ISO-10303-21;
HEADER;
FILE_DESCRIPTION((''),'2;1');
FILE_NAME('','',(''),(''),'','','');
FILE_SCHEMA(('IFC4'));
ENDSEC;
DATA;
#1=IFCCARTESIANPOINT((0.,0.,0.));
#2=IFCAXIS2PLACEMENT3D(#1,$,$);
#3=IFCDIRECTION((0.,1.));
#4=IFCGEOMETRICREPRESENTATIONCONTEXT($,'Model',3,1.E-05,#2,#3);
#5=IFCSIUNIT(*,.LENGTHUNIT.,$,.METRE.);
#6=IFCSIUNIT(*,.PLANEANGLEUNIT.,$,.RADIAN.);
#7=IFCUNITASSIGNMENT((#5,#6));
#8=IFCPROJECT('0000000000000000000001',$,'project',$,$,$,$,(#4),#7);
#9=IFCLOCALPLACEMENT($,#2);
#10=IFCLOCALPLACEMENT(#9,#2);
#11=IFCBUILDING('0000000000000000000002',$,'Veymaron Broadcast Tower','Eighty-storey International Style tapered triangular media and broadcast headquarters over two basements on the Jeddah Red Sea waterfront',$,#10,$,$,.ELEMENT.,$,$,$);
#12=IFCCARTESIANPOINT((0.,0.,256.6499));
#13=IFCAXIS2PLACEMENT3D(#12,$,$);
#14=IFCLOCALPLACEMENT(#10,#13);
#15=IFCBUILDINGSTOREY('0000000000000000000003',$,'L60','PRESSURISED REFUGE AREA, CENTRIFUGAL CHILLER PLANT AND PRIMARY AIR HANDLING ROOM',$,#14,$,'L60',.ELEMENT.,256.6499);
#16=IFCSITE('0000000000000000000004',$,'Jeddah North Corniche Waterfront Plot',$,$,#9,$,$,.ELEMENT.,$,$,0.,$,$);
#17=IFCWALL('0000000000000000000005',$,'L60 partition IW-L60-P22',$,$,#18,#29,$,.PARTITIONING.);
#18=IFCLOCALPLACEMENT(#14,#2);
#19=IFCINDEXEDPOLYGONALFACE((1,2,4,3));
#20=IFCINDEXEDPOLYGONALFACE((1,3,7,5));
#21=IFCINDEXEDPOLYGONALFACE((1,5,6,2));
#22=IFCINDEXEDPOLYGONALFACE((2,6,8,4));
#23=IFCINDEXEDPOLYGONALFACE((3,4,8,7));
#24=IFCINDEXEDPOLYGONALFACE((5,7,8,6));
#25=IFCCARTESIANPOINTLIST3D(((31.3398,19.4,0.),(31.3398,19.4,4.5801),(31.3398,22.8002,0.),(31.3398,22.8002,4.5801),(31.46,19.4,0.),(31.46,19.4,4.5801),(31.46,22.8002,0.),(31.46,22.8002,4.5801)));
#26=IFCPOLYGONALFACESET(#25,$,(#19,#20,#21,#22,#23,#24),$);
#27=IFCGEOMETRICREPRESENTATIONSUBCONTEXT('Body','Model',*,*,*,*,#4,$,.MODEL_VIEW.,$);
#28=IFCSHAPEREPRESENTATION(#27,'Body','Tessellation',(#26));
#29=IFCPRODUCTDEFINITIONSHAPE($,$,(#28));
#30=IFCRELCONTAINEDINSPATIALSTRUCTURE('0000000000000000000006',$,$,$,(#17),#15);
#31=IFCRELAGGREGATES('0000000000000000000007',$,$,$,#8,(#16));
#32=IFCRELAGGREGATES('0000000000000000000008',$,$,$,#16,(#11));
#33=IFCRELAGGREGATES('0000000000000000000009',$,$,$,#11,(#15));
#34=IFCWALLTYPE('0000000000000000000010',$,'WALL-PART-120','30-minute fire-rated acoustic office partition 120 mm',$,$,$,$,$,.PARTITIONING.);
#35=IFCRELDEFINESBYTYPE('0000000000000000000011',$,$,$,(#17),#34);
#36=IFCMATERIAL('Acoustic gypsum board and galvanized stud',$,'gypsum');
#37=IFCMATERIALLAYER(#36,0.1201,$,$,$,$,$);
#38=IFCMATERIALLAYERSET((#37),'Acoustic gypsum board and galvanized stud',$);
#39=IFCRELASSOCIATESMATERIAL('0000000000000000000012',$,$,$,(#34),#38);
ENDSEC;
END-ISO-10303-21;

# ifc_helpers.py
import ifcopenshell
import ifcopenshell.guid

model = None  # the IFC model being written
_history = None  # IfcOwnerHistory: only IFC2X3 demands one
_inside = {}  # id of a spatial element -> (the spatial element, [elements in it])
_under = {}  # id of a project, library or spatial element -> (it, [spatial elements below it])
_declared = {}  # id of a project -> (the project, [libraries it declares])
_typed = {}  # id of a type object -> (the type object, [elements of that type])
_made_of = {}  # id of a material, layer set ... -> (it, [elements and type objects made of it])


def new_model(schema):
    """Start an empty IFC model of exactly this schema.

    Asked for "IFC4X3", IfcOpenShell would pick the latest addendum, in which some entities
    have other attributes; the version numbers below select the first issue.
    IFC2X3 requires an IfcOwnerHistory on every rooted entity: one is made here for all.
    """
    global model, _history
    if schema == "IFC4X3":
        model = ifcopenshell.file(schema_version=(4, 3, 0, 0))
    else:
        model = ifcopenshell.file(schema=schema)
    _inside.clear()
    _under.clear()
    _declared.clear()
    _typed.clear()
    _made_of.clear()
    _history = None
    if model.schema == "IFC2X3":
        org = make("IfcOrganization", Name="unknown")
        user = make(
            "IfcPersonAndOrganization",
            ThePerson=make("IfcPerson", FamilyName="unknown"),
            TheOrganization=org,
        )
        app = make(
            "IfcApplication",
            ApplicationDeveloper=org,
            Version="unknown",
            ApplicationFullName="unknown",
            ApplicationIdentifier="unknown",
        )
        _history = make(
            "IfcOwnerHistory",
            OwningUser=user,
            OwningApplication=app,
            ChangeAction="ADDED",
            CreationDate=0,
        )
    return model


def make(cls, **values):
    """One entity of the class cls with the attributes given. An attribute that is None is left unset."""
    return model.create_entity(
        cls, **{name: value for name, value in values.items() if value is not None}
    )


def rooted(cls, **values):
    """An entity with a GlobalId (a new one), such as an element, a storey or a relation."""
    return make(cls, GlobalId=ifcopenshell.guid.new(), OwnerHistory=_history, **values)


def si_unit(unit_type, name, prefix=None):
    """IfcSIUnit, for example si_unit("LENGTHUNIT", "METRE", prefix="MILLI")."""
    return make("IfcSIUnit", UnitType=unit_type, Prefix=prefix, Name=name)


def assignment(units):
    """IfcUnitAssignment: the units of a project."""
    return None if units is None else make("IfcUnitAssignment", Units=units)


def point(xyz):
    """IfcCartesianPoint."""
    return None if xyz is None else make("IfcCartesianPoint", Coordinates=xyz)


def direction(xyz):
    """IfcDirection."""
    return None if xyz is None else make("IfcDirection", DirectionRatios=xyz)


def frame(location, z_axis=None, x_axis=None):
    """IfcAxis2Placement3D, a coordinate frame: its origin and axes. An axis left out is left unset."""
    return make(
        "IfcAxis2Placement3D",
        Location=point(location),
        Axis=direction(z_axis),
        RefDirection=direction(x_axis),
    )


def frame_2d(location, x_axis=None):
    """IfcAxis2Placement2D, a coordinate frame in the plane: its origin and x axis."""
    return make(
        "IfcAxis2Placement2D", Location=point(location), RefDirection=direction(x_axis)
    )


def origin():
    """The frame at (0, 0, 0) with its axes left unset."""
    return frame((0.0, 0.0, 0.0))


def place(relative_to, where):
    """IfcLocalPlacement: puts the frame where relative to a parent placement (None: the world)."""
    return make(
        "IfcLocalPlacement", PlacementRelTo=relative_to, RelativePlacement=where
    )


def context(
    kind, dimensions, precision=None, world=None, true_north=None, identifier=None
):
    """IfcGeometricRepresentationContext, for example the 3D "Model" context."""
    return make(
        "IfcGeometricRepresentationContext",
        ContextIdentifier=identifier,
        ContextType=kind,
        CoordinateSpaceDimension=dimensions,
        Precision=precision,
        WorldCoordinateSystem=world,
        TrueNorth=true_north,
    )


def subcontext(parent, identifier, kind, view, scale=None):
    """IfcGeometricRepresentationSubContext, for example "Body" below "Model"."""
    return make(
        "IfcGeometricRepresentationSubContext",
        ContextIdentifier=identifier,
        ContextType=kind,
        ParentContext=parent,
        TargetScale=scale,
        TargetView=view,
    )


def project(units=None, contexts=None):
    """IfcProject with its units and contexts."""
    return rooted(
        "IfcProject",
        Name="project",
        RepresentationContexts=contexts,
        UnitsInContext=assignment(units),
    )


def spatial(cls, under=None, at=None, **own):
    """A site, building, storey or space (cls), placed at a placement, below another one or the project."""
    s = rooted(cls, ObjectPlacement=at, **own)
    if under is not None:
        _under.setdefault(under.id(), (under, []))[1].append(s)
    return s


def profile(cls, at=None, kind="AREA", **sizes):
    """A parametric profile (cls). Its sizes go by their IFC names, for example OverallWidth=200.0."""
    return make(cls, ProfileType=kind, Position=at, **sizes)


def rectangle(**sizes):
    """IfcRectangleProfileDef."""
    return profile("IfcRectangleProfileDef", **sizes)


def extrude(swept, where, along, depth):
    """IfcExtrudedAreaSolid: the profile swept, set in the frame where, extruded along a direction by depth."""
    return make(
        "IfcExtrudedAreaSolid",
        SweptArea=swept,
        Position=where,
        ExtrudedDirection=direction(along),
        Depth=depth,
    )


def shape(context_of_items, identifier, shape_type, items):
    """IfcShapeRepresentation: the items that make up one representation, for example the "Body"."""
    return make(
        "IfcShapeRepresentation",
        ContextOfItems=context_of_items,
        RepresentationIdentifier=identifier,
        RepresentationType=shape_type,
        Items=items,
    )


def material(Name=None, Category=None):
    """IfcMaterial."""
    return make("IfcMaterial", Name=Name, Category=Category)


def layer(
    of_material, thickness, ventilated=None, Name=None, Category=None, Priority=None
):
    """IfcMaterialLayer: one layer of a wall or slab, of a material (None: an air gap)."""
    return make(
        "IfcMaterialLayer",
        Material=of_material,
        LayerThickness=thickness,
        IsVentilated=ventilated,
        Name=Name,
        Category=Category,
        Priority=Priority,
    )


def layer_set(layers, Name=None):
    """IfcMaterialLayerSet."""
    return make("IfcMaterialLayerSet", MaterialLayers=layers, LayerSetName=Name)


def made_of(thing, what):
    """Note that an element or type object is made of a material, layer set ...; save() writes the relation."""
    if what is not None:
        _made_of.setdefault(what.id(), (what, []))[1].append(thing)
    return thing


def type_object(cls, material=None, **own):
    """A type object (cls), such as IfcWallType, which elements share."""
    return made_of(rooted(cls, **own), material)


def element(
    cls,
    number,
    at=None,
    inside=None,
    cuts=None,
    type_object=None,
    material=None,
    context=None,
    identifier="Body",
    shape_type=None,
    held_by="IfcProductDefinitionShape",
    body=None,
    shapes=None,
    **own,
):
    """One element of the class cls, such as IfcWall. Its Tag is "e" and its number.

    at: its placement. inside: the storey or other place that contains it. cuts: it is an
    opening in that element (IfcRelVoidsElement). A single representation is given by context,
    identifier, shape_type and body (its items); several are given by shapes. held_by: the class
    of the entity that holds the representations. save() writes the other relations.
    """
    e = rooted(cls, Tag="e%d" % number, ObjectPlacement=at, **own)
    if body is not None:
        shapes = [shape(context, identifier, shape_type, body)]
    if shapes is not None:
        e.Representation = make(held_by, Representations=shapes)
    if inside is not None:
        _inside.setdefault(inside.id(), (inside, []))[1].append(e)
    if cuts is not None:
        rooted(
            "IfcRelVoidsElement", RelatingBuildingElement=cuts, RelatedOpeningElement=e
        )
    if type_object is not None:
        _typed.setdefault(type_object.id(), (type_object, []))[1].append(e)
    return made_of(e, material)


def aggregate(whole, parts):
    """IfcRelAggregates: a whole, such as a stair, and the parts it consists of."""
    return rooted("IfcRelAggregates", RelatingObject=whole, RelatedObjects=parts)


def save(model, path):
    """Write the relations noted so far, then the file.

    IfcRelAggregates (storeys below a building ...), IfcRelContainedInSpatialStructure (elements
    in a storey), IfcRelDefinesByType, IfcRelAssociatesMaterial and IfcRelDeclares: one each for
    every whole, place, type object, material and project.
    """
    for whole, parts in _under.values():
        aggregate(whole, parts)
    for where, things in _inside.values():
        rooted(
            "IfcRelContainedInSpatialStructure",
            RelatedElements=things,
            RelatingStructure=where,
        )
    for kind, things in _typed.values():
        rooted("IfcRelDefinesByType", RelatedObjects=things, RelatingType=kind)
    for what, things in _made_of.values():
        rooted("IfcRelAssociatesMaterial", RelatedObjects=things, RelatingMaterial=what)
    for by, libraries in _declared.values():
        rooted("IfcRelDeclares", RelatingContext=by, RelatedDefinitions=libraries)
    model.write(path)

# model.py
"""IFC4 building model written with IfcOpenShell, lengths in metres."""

from ifc_helpers import new_model, si_unit, direction, frame, frame_2d, origin, place, context, subcontext, project, spatial, rectangle, extrude, material, layer, layer_set, type_object, element, save


model = new_model("IFC4")

# Units and contexts
model_context = context("Model", 3, precision=1e-05, world=origin(), true_north=direction((0.0, 1.0)))
body_context = subcontext(model_context, "Body", "Model", "MODEL_VIEW")
ifc_project = project(units=[si_unit("LENGTHUNIT", "METRE"), si_unit("PLANEANGLEUNIT", "RADIAN")], contexts=[model_context])

# Site, building, storey
site_placement = place(None, origin())
site = spatial("IfcSite", under=ifc_project, at=site_placement, Name="Jeddah North Corniche Waterfront Plot", CompositionType="ELEMENT", RefElevation=0.0)
building_placement = place(site_placement, origin())
building = spatial("IfcBuilding", under=site, at=building_placement, Name="Veymaron Broadcast Tower", Description="Eighty-storey International Style tapered triangular media and broadcast headquarters over two basements on the Jeddah Red Sea waterfront", CompositionType="ELEMENT")
storey_placement = place(building_placement, frame((0.0, 0.0, 256.6499)))
storey = spatial("IfcBuildingStorey", under=building, at=storey_placement, Name="L60", Description="PRESSURISED REFUGE AREA, CENTRIFUGAL CHILLER PLANT AND PRIMARY AIR HANDLING ROOM", LongName="L60", CompositionType="ELEMENT", Elevation=256.6499)

# Wall
ifc_material_1 = material(Name="Acoustic gypsum board and galvanized stud", Category="gypsum")
ifc_layer_1 = layer(ifc_material_1, 0.1201)
ifc_layer_set_1 = layer_set([ifc_layer_1], Name="Acoustic gypsum board and galvanized stud")
wall_type_1 = type_object("IfcWallType", Name="WALL-PART-120", Description="30-minute fire-rated acoustic office partition 120 mm", PredefinedType="PARTITIONING", material=ifc_layer_set_1)
wall_1_placement = place(storey_placement, frame((31.3999, 19.3999, 0.0), z_axis=(0.0, 0.0, 1.0), x_axis=(0.0, 1.0, 0.0)))
element("IfcWall", 1, at=wall_1_placement, inside=storey, type_object=wall_type_1, Name="L60 partition IW-L60-P22", PredefinedType="PARTITIONING", context=body_context, shape_type="SweptSolid", body=[
    extrude(rectangle(XDim=3.4001, YDim=0.1201, at=frame_2d((1.7002, 0.0))), origin(), (0.0, 0.0, 1.0), 4.5801),
])

save(model, "model.ifc")
